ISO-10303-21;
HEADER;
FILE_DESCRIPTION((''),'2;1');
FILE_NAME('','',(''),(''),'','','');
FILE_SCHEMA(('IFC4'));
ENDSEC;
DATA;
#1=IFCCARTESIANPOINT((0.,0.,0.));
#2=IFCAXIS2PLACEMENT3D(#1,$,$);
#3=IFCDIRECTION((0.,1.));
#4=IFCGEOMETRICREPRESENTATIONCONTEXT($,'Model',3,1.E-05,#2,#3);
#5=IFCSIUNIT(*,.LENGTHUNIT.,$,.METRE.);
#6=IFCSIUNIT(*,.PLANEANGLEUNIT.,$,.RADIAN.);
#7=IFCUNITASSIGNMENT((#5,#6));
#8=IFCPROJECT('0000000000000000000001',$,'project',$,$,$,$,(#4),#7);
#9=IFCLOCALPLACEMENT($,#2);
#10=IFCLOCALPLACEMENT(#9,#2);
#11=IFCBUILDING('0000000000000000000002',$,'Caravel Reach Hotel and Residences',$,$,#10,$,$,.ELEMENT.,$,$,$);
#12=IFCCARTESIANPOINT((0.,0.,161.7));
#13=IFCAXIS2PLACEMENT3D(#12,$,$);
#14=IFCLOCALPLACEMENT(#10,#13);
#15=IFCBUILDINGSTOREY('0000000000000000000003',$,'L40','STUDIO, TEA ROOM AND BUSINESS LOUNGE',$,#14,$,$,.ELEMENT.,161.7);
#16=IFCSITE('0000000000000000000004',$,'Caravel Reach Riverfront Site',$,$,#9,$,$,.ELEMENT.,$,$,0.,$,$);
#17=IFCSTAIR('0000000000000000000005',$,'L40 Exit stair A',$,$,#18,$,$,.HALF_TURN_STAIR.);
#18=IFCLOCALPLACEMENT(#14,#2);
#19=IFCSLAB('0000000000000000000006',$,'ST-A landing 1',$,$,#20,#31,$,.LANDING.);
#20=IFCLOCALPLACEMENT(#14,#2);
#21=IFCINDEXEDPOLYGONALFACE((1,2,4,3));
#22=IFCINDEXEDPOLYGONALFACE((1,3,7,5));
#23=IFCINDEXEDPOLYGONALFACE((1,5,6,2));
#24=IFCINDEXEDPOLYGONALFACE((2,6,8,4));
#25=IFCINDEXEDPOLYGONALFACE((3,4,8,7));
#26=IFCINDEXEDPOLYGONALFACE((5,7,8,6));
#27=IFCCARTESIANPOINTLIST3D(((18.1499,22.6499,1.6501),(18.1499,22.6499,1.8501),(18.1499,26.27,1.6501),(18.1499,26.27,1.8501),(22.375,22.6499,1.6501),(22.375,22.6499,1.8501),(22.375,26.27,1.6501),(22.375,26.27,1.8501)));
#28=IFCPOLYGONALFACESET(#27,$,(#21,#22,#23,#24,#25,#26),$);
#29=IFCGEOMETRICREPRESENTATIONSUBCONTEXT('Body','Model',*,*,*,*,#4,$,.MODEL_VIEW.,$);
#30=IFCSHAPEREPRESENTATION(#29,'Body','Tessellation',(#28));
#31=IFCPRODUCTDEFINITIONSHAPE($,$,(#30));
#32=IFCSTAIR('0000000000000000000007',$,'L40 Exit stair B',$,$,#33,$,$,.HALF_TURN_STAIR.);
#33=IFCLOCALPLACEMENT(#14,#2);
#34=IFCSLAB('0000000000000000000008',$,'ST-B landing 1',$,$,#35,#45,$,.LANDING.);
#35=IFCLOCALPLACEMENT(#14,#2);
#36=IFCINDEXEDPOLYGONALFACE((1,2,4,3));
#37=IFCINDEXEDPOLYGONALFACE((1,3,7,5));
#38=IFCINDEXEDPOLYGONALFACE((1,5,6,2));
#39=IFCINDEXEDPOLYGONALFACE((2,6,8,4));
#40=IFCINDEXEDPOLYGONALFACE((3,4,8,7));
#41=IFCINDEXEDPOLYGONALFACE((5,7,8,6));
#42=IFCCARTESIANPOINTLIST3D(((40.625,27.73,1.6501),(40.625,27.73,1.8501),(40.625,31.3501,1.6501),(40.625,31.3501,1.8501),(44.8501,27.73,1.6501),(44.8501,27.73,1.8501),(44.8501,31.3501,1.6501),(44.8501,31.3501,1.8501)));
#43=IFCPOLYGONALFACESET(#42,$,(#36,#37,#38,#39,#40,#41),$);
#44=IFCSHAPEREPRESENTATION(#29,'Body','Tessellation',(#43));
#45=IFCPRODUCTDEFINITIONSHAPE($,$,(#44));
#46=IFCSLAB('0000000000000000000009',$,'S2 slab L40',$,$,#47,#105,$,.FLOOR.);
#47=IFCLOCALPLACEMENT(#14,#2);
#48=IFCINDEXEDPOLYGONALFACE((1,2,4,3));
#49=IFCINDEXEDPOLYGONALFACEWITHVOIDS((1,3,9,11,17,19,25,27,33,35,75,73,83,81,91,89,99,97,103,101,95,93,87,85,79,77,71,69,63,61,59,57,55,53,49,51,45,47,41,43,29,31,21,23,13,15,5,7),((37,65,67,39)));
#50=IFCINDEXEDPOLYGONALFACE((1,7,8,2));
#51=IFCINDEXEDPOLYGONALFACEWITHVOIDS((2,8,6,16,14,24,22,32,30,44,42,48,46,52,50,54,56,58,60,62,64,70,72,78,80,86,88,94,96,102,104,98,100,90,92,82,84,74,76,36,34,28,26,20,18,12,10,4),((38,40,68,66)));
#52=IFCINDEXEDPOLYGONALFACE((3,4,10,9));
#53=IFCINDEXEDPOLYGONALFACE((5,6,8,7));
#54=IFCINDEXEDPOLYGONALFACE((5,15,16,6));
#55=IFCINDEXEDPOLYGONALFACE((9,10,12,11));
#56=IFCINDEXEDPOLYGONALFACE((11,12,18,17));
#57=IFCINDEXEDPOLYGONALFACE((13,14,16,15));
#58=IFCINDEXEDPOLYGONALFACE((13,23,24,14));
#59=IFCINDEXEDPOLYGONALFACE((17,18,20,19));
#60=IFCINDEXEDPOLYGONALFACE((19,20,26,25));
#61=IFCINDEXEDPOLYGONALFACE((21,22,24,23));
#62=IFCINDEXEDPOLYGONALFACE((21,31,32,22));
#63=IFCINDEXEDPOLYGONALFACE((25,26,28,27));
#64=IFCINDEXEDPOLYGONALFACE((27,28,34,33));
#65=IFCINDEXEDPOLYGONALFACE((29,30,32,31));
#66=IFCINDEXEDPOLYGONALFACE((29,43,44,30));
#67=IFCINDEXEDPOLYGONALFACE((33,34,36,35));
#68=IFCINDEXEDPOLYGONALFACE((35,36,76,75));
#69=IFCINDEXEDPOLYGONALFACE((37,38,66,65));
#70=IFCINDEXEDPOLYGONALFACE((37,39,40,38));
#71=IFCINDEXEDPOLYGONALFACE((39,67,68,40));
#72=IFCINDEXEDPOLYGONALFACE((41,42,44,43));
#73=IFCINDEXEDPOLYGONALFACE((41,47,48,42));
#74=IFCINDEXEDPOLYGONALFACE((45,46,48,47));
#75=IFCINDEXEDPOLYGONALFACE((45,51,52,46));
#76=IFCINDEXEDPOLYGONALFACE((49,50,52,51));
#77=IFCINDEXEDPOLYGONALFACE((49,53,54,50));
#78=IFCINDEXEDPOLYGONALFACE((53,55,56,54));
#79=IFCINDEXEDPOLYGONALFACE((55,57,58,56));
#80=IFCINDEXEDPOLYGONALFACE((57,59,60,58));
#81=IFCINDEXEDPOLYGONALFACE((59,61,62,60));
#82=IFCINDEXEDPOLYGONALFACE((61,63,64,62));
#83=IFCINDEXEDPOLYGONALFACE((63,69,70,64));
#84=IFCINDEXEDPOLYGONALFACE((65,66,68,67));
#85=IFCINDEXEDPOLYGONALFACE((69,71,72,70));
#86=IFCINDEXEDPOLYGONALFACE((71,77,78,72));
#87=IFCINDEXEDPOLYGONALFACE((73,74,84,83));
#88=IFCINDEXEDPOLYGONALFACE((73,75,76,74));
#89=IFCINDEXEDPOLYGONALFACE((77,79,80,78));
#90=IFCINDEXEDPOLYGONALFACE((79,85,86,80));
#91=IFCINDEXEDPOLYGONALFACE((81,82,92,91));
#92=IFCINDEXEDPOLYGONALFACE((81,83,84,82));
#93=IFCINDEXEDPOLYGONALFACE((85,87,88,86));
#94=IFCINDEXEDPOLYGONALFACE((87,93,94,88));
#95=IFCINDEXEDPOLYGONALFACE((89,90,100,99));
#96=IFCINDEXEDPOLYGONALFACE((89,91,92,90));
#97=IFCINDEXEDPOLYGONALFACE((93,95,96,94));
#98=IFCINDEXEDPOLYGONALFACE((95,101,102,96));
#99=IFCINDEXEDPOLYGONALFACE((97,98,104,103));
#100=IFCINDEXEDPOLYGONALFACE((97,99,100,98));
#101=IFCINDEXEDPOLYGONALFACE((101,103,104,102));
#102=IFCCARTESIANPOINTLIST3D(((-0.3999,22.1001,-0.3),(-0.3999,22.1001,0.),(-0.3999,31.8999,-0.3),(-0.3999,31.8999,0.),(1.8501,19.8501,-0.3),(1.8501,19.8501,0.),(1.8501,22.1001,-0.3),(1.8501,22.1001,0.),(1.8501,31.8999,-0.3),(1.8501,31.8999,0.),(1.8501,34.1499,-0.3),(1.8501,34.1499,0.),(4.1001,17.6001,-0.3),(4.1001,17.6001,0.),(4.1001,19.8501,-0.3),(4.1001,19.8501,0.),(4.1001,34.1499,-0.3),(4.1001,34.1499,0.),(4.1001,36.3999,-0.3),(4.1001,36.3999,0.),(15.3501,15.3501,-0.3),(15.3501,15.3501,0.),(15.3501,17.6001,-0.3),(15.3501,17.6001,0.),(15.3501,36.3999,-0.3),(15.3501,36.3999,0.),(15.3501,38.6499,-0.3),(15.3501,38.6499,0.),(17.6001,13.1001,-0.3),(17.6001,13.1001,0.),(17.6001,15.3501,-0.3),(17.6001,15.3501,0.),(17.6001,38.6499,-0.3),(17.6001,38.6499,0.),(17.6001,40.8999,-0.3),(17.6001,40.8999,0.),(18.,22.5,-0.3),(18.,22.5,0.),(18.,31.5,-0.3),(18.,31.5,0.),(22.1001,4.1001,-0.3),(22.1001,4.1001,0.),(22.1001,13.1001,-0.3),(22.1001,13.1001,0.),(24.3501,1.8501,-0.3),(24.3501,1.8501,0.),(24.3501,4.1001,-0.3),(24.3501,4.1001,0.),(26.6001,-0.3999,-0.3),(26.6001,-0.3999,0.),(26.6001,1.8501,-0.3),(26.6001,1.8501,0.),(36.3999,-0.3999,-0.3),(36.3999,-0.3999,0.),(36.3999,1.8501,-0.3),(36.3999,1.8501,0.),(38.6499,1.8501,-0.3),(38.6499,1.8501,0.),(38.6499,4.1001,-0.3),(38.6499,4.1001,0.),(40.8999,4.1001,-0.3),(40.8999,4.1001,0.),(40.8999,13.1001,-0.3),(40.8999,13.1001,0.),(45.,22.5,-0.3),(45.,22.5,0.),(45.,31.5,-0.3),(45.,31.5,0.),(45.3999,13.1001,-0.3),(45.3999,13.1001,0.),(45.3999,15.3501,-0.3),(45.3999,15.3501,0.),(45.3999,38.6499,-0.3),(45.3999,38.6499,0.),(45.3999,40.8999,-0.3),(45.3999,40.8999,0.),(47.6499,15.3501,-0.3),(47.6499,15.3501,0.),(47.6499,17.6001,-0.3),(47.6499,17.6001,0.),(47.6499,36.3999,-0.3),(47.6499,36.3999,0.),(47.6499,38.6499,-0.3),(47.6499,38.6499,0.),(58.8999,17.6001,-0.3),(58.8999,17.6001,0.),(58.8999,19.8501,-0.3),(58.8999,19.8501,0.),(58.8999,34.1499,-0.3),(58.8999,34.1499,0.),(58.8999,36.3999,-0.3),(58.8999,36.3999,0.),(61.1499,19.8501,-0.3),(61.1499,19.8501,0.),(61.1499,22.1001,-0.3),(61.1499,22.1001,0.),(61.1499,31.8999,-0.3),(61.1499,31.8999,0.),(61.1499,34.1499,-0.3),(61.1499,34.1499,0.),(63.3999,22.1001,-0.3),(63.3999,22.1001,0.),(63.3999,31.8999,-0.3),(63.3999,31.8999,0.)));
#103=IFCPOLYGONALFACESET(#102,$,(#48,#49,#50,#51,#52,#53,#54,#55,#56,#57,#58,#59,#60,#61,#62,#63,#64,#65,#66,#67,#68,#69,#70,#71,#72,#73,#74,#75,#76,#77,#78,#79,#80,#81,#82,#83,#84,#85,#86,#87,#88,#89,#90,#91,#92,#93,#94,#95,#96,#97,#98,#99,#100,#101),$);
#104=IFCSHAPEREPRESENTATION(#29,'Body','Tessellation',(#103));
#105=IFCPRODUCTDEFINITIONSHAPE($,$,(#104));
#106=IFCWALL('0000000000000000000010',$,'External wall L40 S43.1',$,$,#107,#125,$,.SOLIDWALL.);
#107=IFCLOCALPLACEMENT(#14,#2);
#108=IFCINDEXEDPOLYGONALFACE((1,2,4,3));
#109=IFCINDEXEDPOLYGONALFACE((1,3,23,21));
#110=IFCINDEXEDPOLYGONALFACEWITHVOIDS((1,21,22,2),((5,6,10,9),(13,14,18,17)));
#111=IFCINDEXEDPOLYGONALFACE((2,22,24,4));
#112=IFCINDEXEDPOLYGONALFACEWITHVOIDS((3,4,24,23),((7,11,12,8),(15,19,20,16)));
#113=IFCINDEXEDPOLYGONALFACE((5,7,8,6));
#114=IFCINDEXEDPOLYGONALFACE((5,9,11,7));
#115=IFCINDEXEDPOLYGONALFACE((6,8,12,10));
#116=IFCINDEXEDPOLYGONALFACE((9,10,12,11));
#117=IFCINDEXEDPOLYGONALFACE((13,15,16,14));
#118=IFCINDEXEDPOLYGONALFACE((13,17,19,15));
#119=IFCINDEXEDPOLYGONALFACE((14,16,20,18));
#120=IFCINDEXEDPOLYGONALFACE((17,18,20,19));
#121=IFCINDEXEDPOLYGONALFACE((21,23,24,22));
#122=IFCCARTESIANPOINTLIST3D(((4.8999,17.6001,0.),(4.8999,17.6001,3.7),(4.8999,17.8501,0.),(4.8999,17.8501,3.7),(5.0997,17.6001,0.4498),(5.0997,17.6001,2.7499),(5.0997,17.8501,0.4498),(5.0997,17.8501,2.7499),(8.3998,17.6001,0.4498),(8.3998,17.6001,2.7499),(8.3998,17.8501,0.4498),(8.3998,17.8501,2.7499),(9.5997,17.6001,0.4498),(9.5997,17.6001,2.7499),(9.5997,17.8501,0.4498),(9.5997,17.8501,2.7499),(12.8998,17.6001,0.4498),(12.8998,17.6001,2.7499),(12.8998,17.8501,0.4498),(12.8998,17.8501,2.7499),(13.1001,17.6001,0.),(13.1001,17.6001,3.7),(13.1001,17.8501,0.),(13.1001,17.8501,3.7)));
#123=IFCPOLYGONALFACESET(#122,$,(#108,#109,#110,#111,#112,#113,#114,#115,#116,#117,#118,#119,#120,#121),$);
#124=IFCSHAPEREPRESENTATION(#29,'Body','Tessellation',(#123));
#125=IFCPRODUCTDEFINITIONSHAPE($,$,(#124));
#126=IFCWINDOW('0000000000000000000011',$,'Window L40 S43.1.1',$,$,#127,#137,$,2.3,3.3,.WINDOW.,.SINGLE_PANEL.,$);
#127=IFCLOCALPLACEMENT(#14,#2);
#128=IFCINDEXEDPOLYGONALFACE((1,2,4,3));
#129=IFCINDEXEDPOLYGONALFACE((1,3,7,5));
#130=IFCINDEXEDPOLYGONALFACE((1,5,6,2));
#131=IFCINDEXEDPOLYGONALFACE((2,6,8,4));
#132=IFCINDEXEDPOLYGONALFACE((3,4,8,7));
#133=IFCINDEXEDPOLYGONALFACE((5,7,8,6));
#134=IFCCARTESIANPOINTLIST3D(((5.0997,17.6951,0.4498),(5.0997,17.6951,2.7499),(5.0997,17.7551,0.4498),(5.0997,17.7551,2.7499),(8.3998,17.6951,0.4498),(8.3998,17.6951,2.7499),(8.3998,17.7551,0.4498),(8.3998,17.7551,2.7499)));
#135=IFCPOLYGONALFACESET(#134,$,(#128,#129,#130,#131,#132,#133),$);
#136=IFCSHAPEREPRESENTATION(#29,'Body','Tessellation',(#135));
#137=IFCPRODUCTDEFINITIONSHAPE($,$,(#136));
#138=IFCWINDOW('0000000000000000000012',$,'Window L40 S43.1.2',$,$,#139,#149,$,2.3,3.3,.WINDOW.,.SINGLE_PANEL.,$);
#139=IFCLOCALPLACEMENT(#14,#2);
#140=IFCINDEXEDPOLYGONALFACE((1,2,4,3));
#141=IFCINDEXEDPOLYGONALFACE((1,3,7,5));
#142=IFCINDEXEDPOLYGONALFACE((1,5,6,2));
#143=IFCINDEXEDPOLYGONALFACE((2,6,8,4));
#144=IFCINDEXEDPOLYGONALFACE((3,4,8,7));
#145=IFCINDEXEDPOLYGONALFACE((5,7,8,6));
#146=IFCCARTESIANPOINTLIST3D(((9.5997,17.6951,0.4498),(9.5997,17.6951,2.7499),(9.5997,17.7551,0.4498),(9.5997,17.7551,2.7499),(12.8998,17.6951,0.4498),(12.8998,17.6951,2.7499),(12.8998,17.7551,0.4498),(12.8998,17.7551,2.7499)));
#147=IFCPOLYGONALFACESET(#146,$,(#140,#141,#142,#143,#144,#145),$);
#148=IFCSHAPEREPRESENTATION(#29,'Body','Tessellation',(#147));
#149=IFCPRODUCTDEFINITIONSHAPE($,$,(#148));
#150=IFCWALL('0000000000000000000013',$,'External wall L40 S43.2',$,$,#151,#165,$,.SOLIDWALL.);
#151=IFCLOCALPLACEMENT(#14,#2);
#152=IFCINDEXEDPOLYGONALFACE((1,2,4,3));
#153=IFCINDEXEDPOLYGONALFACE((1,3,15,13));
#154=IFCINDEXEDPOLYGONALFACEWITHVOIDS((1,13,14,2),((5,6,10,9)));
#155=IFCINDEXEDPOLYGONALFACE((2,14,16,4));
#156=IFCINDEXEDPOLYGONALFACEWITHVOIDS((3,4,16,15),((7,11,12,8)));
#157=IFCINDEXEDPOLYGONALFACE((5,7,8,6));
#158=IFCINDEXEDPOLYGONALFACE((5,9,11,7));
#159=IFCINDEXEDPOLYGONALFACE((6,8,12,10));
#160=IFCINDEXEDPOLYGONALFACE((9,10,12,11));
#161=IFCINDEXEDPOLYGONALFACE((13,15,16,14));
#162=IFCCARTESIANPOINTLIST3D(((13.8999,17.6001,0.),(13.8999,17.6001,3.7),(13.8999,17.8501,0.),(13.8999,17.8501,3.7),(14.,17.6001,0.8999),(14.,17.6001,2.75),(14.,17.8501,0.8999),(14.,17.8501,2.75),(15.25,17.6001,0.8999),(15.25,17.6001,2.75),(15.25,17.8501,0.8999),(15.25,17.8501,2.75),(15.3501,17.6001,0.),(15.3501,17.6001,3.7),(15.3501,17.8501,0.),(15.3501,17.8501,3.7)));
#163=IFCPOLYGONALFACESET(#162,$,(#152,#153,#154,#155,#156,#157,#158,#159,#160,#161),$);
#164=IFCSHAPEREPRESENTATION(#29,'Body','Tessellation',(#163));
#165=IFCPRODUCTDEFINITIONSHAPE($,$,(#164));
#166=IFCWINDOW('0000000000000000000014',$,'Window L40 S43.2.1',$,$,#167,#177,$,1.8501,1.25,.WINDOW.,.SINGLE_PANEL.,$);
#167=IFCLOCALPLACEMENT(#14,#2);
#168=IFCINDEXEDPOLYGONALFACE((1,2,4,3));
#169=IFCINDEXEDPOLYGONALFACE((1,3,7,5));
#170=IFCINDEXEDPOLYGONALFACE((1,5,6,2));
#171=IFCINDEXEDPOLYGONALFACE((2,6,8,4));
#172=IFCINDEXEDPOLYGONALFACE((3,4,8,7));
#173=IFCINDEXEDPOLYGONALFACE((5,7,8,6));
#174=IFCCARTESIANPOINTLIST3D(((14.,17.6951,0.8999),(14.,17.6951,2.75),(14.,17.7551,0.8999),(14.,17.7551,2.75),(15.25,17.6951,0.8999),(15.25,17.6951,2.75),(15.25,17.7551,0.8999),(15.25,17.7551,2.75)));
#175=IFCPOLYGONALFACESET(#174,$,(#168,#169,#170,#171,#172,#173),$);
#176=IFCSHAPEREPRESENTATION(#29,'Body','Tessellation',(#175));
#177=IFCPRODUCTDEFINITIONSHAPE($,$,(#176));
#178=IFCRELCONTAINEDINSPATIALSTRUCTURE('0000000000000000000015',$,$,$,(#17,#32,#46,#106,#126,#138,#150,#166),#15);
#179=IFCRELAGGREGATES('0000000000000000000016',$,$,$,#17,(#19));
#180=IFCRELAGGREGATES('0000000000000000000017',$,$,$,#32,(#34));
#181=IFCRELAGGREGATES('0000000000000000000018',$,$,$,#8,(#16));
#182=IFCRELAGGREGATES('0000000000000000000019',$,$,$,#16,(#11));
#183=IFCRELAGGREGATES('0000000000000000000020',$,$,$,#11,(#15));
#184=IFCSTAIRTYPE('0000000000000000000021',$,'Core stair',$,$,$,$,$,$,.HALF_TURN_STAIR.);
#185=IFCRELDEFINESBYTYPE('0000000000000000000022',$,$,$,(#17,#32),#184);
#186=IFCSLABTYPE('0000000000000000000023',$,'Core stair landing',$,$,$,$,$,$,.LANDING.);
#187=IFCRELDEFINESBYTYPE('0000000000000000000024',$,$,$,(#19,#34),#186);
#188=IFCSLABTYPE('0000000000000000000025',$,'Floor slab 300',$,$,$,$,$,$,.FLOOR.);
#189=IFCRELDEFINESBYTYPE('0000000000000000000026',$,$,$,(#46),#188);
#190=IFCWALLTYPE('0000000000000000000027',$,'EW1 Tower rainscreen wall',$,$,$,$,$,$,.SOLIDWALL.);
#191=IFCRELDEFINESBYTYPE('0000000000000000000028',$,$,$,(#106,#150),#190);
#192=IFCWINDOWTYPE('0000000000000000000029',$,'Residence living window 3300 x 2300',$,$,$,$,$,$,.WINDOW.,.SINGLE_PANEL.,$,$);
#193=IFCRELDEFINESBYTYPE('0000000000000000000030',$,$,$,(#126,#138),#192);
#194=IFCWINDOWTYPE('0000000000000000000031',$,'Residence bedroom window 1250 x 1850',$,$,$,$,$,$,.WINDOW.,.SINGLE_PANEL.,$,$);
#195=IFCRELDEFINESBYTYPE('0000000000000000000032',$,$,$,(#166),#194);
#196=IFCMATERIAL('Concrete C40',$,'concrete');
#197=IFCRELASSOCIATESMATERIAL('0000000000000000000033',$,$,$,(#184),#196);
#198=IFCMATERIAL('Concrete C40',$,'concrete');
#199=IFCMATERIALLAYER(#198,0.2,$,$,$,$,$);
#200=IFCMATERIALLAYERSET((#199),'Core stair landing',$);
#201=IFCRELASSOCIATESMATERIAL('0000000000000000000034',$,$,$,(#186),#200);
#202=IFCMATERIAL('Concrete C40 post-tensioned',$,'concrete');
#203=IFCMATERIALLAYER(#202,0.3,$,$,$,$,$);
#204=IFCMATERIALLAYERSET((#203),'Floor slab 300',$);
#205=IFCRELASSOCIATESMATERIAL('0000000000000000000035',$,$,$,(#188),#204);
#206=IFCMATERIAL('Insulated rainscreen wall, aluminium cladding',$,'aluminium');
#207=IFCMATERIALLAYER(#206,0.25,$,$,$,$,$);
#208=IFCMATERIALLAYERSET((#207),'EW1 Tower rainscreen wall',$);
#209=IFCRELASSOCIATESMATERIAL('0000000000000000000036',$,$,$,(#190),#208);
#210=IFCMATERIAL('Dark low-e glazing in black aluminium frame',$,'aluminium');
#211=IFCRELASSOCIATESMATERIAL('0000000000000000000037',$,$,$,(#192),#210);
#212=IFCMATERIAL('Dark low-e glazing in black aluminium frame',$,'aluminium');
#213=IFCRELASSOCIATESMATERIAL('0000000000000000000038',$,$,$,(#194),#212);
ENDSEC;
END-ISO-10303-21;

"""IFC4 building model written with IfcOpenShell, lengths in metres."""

from ifc_helpers import new_model, si_unit, direction, frame, frame_2d, origin, place, context, subcontext, project, spatial, polyline, rectangle, outline, extrude, material, layer, layer_set, type_object, element, fill, aggregate, save


model = new_model("IFC4")

# Units and contexts
model_context = context("Model", 3, precision=1e-05, world=origin(), true_north=direction((0.0, 1.0)))
body_context = subcontext(model_context, "Body", "Model", "MODEL_VIEW")
ifc_project = project(units=[si_unit("LENGTHUNIT", "METRE"), si_unit("PLANEANGLEUNIT", "RADIAN")], contexts=[model_context])

# Site, building, storey
site_placement = place(None, origin())
site = spatial("IfcSite", under=ifc_project, at=site_placement, Name="Caravel Reach Riverfront Site", CompositionType="ELEMENT", RefElevation=0.0)
building_placement = place(site_placement, origin())
building = spatial("IfcBuilding", under=site, at=building_placement, Name="Caravel Reach Hotel and Residences", CompositionType="ELEMENT")
storey_placement = place(building_placement, frame((0.0, 0.0, 161.7)))
storey = spatial("IfcBuildingStorey", under=building, at=storey_placement, Name="L40", Description="STUDIO, TEA ROOM AND BUSINESS LOUNGE", CompositionType="ELEMENT", Elevation=161.7)

# Stairs, slabs
ifc_material_1 = material(Name="Concrete C40", Category="concrete")
stair_type = type_object("IfcStairType", Name="Core stair", PredefinedType="HALF_TURN_STAIR", material=ifc_material_1)
stair_1_placement = place(storey_placement, origin())
stair_1 = element("IfcStair", 1, at=stair_1_placement, inside=storey, type_object=stair_type, Name="L40 Exit stair A", PredefinedType="HALF_TURN_STAIR")
ifc_material_2 = material(Name="Concrete C40", Category="concrete")
ifc_layer_1 = layer(ifc_material_2, 0.2)
ifc_layer_set_1 = layer_set([ifc_layer_1], Name="Core stair landing")
slab_type_1 = type_object("IfcSlabType", Name="Core stair landing", PredefinedType="LANDING", material=ifc_layer_set_1)
slab_1_placement = place(storey_placement, frame((0.0, 0.0, 1.6501)))
slab_1 = element("IfcSlab", 2, at=slab_1_placement, type_object=slab_type_1, Name="ST-A landing 1", PredefinedType="LANDING", context=body_context, shape_type="SweptSolid", body=[
    extrude(outline(polyline([(18.1499, 26.27), (18.1499, 22.6499), (22.375, 22.6499), (22.375, 26.27), (18.1499, 26.27)])), origin(), (0.0, 0.0, 1.0), 0.2),
])
aggregate(stair_1, [slab_1])
stair_2_placement = place(storey_placement, origin())
stair_2 = element("IfcStair", 3, at=stair_2_placement, inside=storey, type_object=stair_type, Name="L40 Exit stair B", PredefinedType="HALF_TURN_STAIR")
slab_2_placement = place(storey_placement, frame((0.0, 0.0, 1.6501)))
slab_2 = element("IfcSlab", 4, at=slab_2_placement, type_object=slab_type_1, Name="ST-B landing 1", PredefinedType="LANDING", context=body_context, shape_type="SweptSolid", body=[
    extrude(outline(polyline([(44.8501, 27.73), (44.8501, 31.3501), (40.625, 31.3501), (40.625, 27.73), (44.8501, 27.73)])), origin(), (0.0, 0.0, 1.0), 0.2),
])
aggregate(stair_2, [slab_2])

# Slab
ifc_material_3 = material(Name="Concrete C40 post-tensioned", Category="concrete")
ifc_layer_2 = layer(ifc_material_3, 0.3)
ifc_layer_set_2 = layer_set([ifc_layer_2], Name="Floor slab 300")
slab_type_2 = type_object("IfcSlabType", Name="Floor slab 300", PredefinedType="FLOOR", material=ifc_layer_set_2)
slab_3_placement = place(storey_placement, frame((0.0, 0.0, -0.3)))
element("IfcSlab", 5, at=slab_3_placement, inside=storey, type_object=slab_type_2, Name="S2 slab L40", PredefinedType="FLOOR", context=body_context, shape_type="SweptSolid", body=[
    extrude(outline(polyline([(17.6001, 13.1001), (17.6001, 15.3501), (15.3501, 15.3501), (15.3501, 17.6001), (4.1001, 17.6001), (4.1001, 19.8501), (1.8501, 19.8501), (1.8501, 22.1001), (-0.3999, 22.1001), (-0.3999, 31.8999), (1.8501, 31.8999), (1.8501, 34.1499), (4.1001, 34.1499), (4.1001, 36.3999), (15.3501, 36.3999), (15.3501, 38.6499), (17.6001, 38.6499), (17.6001, 40.8999), (45.3999, 40.8999), (45.3999, 38.6499), (47.6499, 38.6499), (47.6499, 36.3999), (58.8999, 36.3999), (58.8999, 34.1499), (61.1499, 34.1499), (61.1499, 31.8999), (63.3999, 31.8999), (63.3999, 22.1001), (61.1499, 22.1001), (61.1499, 19.8501), (58.8999, 19.8501), (58.8999, 17.6001), (47.6499, 17.6001), (47.6499, 15.3501), (45.3999, 15.3501), (45.3999, 13.1001), (40.8999, 13.1001), (40.8999, 4.1001), (38.6499, 4.1001), (38.6499, 1.8501), (36.3999, 1.8501), (36.3999, -0.3999), (26.6001, -0.3999), (26.6001, 1.8501), (24.3501, 1.8501), (24.3501, 4.1001), (22.1001, 4.1001), (22.1001, 13.1001), (17.6001, 13.1001)]), holes=[polyline([(45.0, 31.5), (18.0, 31.5), (18.0, 22.5), (45.0, 22.5), (45.0, 31.5)])]), origin(), (0.0, 0.0, 1.0), 0.3),
])

# Wall, openings, windows
ifc_material_4 = material(Name="Insulated rainscreen wall, aluminium cladding", Category="aluminium")
ifc_layer_3 = layer(ifc_material_4, 0.25)
ifc_layer_set_3 = layer_set([ifc_layer_3], Name="EW1 Tower rainscreen wall")
wall_type_1 = type_object("IfcWallType", Name="EW1 Tower rainscreen wall", PredefinedType="SOLIDWALL", material=ifc_layer_set_3)
wall_1_placement = place(storey_placement, frame((4.8999, 17.7251, 0.0), z_axis=(0.0, 0.0, 1.0), x_axis=(1.0, 0.0, 0.0)))
wall_1 = element("IfcWall", 6, at=wall_1_placement, inside=storey, type_object=wall_type_1, Name="External wall L40 S43.1", PredefinedType="SOLIDWALL", context=body_context, shape_type="SweptSolid", body=[
    extrude(rectangle(XDim=8.2002, YDim=0.25, at=frame_2d((4.1001, 0.0))), origin(), (0.0, 0.0, 1.0), 3.7),
])
opening_1_placement = place(wall_1_placement, frame((0.2, 0.0, 0.45)))
opening_1 = element("IfcOpeningElement", 7, at=opening_1_placement, cuts=wall_1, PredefinedType="OPENING", context=body_context, shape_type="SweptSolid", body=[
    extrude(rectangle(XDim=3.3, YDim=2.3, at=frame_2d((1.6499, 1.1499))), frame((0.0, 0.135, 0.0), z_axis=(0.0, -1.0, 0.0), x_axis=(1.0, 0.0, 0.0)), (0.0, 0.0, 1.0), 0.27),
])
opening_2_placement = place(wall_1_placement, frame((4.7, 0.0, 0.45)))
opening_2 = element("IfcOpeningElement", 8, at=opening_2_placement, cuts=wall_1, PredefinedType="OPENING", context=body_context, shape_type="SweptSolid", body=[
    extrude(rectangle(XDim=3.3, YDim=2.3, at=frame_2d((1.6499, 1.1499))), frame((0.0, 0.135, 0.0), z_axis=(0.0, -1.0, 0.0), x_axis=(1.0, 0.0, 0.0)), (0.0, 0.0, 1.0), 0.27),
])
ifc_material_5 = material(Name="Dark low-e glazing in black aluminium frame", Category="aluminium")
window_type_1 = type_object("IfcWindowType", Name="Residence living window 3300 x 2300", PartitioningType="SINGLE_PANEL", PredefinedType="WINDOW", material=ifc_material_5)
window_1_placement = place(opening_1_placement, origin())
window_1 = element("IfcWindow", 9, at=window_1_placement, inside=storey, type_object=window_type_1, Name="Window L40 S43.1.1", OverallHeight=2.3, OverallWidth=3.3, PartitioningType="SINGLE_PANEL", PredefinedType="WINDOW", context=body_context, shape_type="SweptSolid", body=[
    extrude(rectangle(XDim=3.3, YDim=2.3, at=frame_2d((1.6499, 1.1499))), frame((0.0, 0.03, 0.0), z_axis=(0.0, -1.0, 0.0), x_axis=(1.0, 0.0, 0.0)), (0.0, 0.0, 1.0), 0.0601),
])
fill(opening_1, window_1)
window_2_placement = place(opening_2_placement, origin())
window_2 = element("IfcWindow", 10, at=window_2_placement, inside=storey, type_object=window_type_1, Name="Window L40 S43.1.2", OverallHeight=2.3, OverallWidth=3.3, PartitioningType="SINGLE_PANEL", PredefinedType="WINDOW", context=body_context, shape_type="SweptSolid", body=[
    extrude(rectangle(XDim=3.3, YDim=2.3, at=frame_2d((1.6499, 1.1499))), frame((0.0, 0.03, 0.0), z_axis=(0.0, -1.0, 0.0), x_axis=(1.0, 0.0, 0.0)), (0.0, 0.0, 1.0), 0.0601),
])
fill(opening_2, window_2)

# Wall, opening, window
wall_2_placement = place(storey_placement, frame((13.8999, 17.7251, 0.0), z_axis=(0.0, 0.0, 1.0), x_axis=(1.0, 0.0, 0.0)))
wall_2 = element("IfcWall", 11, at=wall_2_placement, inside=storey, type_object=wall_type_1, Name="External wall L40 S43.2", PredefinedType="SOLIDWALL", context=body_context, shape_type="SweptSolid", body=[
    extrude(rectangle(XDim=1.4502, YDim=0.25, at=frame_2d((0.7251, 0.0))), origin(), (0.0, 0.0, 1.0), 3.7),
])
opening_3_placement = place(wall_2_placement, frame((0.1001, 0.0, 0.8999)))
opening_3 = element("IfcOpeningElement", 12, at=opening_3_placement, cuts=wall_2, PredefinedType="OPENING", context=body_context, shape_type="SweptSolid", body=[
    extrude(rectangle(XDim=1.25, YDim=1.8501, at=frame_2d((0.625, 0.925))), frame((0.0, 0.135, 0.0), z_axis=(0.0, -1.0, 0.0), x_axis=(1.0, 0.0, 0.0)), (0.0, 0.0, 1.0), 0.27),
])
ifc_material_6 = material(Name="Dark low-e glazing in black aluminium frame", Category="aluminium")
window_type_2 = type_object("IfcWindowType", Name="Residence bedroom window 1250 x 1850", PartitioningType="SINGLE_PANEL", PredefinedType="WINDOW", material=ifc_material_6)
window_3_placement = place(opening_3_placement, origin())
window_3 = element("IfcWindow", 13, at=window_3_placement, inside=storey, type_object=window_type_2, Name="Window L40 S43.2.1", OverallHeight=1.8501, OverallWidth=1.25, PartitioningType="SINGLE_PANEL", PredefinedType="WINDOW", context=body_context, shape_type="SweptSolid", body=[
    extrude(rectangle(XDim=1.25, YDim=1.8501, at=frame_2d((0.625, 0.925))), frame((0.0, 0.03, 0.0), z_axis=(0.0, -1.0, 0.0), x_axis=(1.0, 0.0, 0.0)), (0.0, 0.0, 1.0), 0.0601),
])
fill(opening_3, window_3)

save(model, "model.ifc")
